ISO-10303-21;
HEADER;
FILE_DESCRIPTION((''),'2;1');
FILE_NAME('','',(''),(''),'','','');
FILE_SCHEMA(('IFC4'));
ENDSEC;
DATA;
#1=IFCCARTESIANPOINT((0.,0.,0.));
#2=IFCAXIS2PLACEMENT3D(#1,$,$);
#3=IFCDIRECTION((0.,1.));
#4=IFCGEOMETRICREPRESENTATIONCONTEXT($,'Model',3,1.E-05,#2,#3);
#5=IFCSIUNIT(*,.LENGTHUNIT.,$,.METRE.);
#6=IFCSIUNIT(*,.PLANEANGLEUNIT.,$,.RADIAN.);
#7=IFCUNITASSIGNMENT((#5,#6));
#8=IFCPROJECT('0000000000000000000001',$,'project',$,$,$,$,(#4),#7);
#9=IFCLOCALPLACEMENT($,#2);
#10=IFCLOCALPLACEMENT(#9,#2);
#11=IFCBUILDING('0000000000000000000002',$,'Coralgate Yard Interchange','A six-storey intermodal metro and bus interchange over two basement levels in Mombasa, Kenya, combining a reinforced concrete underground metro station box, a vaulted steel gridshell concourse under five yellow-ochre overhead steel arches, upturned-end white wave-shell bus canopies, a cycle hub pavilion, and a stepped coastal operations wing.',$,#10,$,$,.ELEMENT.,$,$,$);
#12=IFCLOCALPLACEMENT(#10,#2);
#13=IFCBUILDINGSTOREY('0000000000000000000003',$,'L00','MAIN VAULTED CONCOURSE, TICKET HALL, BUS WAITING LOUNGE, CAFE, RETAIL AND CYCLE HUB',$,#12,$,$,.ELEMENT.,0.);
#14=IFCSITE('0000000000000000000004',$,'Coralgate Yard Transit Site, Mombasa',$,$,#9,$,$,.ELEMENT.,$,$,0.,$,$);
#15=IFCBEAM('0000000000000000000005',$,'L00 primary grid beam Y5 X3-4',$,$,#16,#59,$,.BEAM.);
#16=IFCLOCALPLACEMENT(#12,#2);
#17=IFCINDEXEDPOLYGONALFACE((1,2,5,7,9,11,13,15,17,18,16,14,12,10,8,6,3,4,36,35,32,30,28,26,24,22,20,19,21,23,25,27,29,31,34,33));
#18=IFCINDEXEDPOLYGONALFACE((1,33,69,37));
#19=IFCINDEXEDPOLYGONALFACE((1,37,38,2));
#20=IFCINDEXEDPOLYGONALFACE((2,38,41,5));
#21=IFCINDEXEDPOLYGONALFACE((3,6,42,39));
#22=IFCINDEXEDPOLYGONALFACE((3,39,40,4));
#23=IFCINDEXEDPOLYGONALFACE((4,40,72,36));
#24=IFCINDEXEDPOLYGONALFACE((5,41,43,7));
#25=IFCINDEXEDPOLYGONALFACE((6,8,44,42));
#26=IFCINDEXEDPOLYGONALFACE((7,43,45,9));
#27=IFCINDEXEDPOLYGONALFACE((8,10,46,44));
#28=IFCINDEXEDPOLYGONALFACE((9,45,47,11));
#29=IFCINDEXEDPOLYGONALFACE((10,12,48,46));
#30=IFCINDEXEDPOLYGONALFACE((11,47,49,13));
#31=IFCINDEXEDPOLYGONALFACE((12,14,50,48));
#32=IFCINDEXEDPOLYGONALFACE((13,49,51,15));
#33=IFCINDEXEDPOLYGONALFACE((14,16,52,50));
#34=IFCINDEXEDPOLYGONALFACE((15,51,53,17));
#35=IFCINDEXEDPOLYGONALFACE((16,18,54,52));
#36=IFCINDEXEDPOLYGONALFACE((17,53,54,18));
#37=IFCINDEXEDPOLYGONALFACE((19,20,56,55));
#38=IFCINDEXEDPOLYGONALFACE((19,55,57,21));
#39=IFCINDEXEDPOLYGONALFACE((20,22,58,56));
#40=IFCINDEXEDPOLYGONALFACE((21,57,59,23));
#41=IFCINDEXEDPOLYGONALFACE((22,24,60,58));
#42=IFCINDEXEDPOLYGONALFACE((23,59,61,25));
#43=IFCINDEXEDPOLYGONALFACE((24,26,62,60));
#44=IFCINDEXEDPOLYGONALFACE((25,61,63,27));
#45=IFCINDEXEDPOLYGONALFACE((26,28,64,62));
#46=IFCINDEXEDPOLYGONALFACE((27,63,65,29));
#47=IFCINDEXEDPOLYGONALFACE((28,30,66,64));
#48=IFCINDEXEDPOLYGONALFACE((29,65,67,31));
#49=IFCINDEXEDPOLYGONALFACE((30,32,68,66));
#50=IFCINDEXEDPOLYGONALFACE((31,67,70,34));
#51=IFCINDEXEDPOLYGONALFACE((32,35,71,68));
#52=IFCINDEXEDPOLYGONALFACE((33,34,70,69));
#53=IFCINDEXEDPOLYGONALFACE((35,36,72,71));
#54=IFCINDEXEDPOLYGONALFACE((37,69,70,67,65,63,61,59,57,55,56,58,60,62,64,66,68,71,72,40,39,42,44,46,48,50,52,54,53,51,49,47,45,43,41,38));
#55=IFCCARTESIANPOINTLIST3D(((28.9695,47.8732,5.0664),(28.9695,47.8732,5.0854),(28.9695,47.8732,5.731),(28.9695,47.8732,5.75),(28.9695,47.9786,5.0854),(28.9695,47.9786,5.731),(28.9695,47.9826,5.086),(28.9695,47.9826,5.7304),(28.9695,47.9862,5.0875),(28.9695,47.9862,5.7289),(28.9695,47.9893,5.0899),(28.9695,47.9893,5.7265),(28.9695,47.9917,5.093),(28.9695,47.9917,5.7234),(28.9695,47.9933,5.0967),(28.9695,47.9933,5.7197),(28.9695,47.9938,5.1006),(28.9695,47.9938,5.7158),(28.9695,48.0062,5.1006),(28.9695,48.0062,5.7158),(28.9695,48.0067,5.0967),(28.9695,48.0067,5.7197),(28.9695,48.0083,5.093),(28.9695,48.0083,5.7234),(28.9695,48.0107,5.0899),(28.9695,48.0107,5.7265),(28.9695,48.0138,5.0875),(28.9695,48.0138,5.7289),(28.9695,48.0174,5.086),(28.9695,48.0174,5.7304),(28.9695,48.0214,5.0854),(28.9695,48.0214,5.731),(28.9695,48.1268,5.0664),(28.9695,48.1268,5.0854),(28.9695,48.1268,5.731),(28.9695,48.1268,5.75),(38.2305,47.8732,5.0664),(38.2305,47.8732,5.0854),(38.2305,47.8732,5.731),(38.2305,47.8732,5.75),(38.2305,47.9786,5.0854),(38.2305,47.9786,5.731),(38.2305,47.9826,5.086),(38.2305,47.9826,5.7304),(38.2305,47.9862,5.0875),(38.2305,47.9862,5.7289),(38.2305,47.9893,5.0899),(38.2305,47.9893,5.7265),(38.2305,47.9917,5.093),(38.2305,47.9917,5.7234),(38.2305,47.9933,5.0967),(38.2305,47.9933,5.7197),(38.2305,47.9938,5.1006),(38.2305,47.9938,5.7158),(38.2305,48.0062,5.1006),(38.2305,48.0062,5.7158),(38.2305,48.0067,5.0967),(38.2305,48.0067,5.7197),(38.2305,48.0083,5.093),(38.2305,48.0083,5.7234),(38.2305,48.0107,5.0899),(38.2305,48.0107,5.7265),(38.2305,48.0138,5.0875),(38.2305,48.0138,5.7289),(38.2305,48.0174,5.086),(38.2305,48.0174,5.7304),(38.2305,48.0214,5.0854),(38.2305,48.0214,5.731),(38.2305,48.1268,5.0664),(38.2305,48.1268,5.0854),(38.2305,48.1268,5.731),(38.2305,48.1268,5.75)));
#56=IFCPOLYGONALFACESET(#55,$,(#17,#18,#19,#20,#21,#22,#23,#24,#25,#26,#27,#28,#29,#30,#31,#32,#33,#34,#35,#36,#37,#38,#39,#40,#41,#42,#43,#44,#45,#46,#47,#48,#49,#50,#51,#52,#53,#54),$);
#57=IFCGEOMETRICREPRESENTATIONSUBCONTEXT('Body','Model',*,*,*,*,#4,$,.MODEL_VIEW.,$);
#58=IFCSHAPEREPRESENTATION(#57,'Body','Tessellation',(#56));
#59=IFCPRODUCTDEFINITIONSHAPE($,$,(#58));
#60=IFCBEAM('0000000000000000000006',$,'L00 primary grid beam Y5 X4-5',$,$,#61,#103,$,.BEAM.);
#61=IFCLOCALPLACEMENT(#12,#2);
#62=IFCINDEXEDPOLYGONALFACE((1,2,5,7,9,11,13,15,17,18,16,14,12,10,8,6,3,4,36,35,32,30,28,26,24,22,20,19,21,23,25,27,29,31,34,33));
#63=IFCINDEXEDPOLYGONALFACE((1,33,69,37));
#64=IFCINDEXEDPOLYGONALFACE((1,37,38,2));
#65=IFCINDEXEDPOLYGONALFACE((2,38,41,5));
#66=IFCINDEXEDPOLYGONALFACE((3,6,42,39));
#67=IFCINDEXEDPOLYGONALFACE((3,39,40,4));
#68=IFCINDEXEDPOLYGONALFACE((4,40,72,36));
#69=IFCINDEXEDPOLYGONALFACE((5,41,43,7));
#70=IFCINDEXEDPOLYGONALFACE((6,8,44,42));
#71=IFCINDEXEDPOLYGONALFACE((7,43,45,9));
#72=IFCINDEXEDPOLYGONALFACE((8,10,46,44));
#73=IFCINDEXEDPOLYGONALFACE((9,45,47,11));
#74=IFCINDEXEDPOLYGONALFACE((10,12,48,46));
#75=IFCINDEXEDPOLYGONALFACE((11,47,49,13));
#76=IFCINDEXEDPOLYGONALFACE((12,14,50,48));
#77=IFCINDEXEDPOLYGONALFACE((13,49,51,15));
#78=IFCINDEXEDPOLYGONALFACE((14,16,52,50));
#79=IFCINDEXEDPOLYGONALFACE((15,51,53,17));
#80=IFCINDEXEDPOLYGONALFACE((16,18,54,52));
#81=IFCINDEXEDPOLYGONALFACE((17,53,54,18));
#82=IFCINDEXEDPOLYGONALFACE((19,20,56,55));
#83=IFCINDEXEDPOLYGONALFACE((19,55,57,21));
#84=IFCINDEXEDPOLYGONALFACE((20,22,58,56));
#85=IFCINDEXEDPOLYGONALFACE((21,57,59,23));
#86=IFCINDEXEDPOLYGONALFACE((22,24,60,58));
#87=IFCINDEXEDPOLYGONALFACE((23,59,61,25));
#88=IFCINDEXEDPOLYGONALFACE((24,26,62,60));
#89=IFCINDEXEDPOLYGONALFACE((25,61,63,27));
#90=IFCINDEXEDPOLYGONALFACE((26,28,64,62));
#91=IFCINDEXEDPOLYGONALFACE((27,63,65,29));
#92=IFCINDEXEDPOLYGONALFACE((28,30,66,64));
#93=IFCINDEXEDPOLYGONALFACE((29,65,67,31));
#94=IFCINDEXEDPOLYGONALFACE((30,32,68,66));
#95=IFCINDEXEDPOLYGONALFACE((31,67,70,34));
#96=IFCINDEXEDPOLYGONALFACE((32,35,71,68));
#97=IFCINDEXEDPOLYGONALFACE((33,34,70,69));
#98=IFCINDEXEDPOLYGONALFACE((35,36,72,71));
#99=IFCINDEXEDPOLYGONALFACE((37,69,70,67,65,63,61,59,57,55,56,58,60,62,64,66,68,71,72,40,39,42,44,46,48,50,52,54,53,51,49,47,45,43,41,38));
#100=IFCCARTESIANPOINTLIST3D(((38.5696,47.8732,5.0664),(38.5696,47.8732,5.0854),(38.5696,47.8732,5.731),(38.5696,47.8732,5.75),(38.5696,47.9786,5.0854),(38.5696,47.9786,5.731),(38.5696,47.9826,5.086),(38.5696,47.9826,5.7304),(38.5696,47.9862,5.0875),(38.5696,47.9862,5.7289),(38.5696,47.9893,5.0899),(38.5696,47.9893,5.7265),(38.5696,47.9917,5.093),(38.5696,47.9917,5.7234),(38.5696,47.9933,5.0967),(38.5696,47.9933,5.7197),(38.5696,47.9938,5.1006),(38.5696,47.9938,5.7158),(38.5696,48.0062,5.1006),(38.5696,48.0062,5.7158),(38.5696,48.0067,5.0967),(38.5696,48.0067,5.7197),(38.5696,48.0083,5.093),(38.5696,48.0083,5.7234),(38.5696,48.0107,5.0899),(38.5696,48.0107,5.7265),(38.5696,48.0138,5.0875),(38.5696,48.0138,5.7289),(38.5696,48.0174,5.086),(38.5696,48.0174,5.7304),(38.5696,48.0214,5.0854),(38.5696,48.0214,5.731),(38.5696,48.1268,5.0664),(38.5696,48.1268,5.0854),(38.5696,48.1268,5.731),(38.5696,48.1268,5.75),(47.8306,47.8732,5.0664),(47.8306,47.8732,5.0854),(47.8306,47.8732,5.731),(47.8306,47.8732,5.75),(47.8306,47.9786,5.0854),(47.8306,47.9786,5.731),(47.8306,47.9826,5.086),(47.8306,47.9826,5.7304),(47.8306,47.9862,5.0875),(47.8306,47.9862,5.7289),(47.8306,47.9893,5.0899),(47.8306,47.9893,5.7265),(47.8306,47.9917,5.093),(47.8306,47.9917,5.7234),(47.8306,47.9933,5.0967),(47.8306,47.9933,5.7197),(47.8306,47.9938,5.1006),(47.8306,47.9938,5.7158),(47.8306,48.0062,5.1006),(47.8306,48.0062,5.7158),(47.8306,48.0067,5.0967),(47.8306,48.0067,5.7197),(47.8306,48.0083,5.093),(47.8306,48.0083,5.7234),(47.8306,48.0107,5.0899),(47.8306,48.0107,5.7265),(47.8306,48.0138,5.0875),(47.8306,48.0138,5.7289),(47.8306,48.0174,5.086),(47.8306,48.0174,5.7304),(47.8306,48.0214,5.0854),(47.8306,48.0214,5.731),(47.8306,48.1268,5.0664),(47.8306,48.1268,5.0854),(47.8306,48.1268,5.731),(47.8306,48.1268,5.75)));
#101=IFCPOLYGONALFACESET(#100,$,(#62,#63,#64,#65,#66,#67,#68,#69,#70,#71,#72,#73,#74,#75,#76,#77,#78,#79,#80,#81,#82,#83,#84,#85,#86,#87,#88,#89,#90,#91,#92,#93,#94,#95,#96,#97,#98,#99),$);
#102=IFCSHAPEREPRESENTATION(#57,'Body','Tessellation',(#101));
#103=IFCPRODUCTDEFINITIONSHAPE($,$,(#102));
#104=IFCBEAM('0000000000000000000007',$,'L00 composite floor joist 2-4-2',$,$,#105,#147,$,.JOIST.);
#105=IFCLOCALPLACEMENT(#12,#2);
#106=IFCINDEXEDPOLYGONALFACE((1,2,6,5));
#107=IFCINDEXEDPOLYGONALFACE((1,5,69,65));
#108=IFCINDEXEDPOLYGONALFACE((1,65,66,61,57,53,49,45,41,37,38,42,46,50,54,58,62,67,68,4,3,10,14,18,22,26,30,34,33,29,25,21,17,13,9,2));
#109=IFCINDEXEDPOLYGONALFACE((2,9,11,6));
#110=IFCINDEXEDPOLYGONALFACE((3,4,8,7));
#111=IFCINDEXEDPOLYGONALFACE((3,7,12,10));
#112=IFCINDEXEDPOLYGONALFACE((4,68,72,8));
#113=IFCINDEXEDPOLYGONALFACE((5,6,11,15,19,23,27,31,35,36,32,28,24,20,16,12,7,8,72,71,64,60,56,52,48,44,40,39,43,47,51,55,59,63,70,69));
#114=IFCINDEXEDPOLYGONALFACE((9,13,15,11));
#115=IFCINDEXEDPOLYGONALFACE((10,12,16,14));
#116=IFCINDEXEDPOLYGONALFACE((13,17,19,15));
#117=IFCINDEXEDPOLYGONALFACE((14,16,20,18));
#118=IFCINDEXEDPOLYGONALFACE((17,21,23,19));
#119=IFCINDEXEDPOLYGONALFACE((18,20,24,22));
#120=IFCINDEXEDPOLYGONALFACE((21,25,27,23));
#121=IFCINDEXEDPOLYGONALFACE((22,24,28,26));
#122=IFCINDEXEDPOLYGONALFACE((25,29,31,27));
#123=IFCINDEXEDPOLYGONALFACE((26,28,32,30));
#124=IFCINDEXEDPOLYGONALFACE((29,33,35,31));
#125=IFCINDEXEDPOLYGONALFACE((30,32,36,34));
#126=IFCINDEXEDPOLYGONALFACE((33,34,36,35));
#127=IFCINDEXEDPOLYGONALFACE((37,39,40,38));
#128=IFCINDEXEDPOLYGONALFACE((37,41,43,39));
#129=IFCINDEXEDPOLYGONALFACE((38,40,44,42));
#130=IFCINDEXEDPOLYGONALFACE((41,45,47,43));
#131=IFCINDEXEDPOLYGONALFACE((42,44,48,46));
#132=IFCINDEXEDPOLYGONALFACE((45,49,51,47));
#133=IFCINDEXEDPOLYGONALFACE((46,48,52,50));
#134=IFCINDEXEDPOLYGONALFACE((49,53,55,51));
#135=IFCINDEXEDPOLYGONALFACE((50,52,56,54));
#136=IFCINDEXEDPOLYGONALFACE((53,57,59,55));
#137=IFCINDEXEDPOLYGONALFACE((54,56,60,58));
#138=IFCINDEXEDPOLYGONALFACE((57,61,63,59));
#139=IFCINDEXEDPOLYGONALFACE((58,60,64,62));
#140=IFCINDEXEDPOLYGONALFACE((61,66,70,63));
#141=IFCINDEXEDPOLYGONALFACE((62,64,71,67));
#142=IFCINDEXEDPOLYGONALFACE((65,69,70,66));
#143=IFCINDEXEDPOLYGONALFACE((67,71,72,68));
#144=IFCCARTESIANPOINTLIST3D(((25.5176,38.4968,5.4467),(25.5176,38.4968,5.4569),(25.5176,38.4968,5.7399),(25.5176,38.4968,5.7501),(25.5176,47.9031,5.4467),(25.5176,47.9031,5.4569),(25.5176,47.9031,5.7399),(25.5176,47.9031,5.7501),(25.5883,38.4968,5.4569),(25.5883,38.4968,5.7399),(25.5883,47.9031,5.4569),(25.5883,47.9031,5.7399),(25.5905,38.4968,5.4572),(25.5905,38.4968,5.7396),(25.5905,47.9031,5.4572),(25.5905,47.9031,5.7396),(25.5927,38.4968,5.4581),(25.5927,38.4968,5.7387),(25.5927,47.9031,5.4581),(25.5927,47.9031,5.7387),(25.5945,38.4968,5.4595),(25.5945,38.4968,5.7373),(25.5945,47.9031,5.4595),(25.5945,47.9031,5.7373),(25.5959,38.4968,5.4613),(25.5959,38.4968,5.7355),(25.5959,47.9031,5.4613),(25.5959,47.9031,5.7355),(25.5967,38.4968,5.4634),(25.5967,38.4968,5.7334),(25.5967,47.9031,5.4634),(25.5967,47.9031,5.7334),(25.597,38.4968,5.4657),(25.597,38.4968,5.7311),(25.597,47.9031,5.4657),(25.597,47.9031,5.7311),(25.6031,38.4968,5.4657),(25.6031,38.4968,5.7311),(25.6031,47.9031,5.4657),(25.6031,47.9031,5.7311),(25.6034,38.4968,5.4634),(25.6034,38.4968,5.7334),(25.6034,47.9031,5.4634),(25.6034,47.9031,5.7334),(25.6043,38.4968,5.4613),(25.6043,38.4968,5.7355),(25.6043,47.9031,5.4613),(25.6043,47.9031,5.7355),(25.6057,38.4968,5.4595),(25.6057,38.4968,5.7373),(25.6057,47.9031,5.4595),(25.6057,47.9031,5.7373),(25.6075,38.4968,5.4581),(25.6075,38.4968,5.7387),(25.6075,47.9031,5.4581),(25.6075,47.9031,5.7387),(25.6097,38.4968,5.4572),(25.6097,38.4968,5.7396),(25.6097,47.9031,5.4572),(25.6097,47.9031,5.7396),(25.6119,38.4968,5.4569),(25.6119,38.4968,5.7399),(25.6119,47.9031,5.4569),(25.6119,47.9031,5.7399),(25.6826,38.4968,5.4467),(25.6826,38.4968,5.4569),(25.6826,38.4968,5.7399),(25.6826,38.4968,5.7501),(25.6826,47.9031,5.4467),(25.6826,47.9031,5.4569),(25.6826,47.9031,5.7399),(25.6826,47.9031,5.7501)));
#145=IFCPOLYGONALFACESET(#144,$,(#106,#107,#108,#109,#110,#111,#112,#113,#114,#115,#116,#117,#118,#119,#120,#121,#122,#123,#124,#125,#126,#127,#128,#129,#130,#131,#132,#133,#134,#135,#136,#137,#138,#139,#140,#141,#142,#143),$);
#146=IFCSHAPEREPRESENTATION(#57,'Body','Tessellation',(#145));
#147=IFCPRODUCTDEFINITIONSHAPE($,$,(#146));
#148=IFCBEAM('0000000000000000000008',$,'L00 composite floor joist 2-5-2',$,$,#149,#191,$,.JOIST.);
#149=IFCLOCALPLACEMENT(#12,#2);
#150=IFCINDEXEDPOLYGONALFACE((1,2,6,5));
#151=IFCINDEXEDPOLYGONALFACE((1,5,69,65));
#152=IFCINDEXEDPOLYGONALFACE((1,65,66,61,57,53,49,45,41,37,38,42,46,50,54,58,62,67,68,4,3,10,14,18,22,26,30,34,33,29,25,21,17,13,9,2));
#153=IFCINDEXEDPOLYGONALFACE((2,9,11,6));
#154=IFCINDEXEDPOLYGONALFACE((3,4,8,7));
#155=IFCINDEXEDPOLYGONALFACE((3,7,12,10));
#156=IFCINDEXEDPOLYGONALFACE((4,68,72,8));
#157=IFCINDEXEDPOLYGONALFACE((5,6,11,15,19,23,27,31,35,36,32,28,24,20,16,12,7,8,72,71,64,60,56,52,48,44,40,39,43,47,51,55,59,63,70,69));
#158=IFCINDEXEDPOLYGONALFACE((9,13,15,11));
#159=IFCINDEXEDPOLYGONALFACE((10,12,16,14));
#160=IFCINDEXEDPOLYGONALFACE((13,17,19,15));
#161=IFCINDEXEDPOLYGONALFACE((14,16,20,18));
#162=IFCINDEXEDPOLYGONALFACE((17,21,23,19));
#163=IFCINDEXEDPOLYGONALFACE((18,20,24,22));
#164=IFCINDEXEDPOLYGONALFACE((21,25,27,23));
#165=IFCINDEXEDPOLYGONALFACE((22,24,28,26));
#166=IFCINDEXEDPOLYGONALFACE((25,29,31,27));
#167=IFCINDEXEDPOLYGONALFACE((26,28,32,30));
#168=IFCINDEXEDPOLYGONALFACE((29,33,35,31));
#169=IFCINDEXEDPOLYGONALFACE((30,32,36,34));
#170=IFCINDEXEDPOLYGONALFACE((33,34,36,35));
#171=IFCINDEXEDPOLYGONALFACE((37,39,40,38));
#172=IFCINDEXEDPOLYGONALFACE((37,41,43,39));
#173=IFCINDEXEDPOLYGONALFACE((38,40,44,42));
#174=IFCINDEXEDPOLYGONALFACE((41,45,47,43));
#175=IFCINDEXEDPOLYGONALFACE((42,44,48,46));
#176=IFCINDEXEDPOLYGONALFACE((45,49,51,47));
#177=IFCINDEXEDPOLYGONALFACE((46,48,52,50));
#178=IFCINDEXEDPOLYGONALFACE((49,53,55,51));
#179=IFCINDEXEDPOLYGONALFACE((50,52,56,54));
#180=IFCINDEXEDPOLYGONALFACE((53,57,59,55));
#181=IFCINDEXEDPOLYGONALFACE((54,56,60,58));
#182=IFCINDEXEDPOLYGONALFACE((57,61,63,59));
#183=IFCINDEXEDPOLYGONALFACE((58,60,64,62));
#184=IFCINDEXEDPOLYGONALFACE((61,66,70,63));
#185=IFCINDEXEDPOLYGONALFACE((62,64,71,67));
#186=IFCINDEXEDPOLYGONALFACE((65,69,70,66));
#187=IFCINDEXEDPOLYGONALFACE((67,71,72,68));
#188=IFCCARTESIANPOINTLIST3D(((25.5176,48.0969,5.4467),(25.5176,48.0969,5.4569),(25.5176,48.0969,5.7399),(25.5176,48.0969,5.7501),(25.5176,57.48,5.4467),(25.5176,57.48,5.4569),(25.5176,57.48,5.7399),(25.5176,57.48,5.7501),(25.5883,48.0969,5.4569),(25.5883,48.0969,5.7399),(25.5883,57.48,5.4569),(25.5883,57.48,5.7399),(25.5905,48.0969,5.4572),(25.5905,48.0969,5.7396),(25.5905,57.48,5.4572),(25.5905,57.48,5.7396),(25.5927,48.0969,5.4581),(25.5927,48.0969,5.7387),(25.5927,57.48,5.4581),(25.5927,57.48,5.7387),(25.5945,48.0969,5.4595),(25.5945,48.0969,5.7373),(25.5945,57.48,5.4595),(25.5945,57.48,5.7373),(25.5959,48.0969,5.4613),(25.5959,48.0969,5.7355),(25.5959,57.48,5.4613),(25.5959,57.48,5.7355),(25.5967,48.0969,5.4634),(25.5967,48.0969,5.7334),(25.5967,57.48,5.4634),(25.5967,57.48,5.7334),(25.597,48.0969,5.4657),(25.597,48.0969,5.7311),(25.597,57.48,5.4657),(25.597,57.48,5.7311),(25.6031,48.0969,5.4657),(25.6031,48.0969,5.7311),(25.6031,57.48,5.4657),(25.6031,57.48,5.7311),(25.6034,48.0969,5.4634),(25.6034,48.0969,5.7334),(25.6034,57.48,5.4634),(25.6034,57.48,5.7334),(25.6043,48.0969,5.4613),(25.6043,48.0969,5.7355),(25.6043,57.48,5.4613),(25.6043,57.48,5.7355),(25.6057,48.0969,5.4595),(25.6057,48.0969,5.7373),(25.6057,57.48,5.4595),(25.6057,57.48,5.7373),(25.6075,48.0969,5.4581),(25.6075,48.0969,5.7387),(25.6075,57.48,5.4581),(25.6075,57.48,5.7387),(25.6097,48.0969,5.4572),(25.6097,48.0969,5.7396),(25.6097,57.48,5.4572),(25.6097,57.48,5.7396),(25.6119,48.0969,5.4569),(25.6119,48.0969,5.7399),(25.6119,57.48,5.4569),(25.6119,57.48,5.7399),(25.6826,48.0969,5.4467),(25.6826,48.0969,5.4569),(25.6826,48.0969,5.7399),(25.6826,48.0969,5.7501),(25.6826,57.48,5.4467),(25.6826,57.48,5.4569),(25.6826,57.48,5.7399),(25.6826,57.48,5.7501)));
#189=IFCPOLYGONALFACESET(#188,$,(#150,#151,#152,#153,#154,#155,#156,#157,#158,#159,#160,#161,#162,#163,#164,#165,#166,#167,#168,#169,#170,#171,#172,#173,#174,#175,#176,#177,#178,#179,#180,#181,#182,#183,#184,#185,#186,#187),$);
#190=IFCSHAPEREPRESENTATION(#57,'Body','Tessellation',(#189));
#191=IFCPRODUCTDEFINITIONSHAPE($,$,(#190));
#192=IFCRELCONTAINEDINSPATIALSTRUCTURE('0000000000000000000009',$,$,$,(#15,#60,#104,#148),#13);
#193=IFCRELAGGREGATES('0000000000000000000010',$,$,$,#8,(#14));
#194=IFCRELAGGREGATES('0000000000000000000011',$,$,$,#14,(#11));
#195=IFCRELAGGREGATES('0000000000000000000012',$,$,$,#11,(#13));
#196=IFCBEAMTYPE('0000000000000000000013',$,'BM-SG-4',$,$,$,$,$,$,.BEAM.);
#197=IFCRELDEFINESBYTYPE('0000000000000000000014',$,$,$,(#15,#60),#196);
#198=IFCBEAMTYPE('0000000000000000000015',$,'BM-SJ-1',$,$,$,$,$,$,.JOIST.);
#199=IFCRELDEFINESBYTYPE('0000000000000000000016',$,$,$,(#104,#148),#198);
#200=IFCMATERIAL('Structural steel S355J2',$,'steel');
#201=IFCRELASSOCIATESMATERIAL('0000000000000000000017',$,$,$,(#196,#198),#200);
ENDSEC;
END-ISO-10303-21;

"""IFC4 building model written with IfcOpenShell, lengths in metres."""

from ifc_helpers import new_model, si_unit, direction, frame, origin, origin_2d, place, context, subcontext, project, spatial, i_section, extrude, material, material_profile, profile_set, type_object, element, save


model = new_model("IFC4")

# Units and contexts
model_context = context("Model", 3, precision=1e-05, world=origin(), true_north=direction((0.0, 1.0)))
body_context = subcontext(model_context, "Body", "Model", "MODEL_VIEW")
ifc_project = project(units=[si_unit("LENGTHUNIT", "METRE"), si_unit("PLANEANGLEUNIT", "RADIAN")], contexts=[model_context])

# Site, building, storey
site_placement = place(None, origin())
site = spatial("IfcSite", under=ifc_project, at=site_placement, Name="Coralgate Yard Transit Site, Mombasa", CompositionType="ELEMENT", RefElevation=0.0)
building_placement = place(site_placement, origin())
building = spatial("IfcBuilding", under=site, at=building_placement, Name="Coralgate Yard Interchange", Description="A six-storey intermodal metro and bus interchange over two basement levels in Mombasa, Kenya, combining a reinforced concrete underground metro station box, a vaulted steel gridshell concourse under five yellow-ochre overhead steel arches, upturned-end white wave-shell bus canopies, a cycle hub pavilion, and a stepped coastal operations wing.", CompositionType="ELEMENT")
storey_placement = place(building_placement, origin())
storey = spatial("IfcBuildingStorey", under=building, at=storey_placement, Name="L00", Description="MAIN VAULTED CONCOURSE, TICKET HALL, BUS WAITING LOUNGE, CAFE, RETAIL AND CYCLE HUB", CompositionType="ELEMENT", Elevation=0.0)

# Shared definitions
ifc_material_1 = material(Name="Structural steel S355J2", Category="steel")

# Beams
ifc_material_profile_1 = material_profile(ifc_material_1, i_section(OverallWidth=0.2537, OverallDepth=0.6836, WebThickness=0.0125, FlangeThickness=0.019, FilletRadius=0.0151, at=origin_2d()), Name="UB 686x254x140")
ifc_profile_set_1 = profile_set([ifc_material_profile_1], Name="Structural steel S355J2")
beam_type_1 = type_object("IfcBeamType", Name="BM-SG-4", PredefinedType="BEAM", material=ifc_profile_set_1)
for number, where, z_axis, x_axis, name in (
    (1, (28.9695, 48.0, 5.4082), (1.0, 0.0, 0.0), (0.0, 1.0, 0.0), "L00 primary grid beam Y5 X3-4"),
    (2, (38.5696, 48.0, 5.4082), (1.0, 0.0, 0.0), (0.0, 1.0, 0.0), "L00 primary grid beam Y5 X4-5"),
):
    element("IfcBeam", number, at=place(storey_placement, frame(where, z_axis=z_axis, x_axis=x_axis)), inside=storey, type_object=beam_type_1, Name=name, PredefinedType="BEAM", context=body_context, shape_type="SweptSolid", body=[
        extrude(i_section(OverallWidth=0.2537, OverallDepth=0.6836, WebThickness=0.0125, FlangeThickness=0.019, FilletRadius=0.0151, at=origin_2d()), origin(), (0.0, 0.0, 1.0), 9.261),
    ])
ifc_material_profile_2 = material_profile(ifc_material_1, i_section(OverallWidth=0.165, OverallDepth=0.3035, WebThickness=0.0061, FlangeThickness=0.0103, FilletRadius=0.0088, at=origin_2d()), Name="UB 305x165x40")
ifc_profile_set_2 = profile_set([ifc_material_profile_2], Name="Structural steel S355J2")
beam_type_2 = type_object("IfcBeamType", Name="BM-SJ-1", PredefinedType="JOIST", material=ifc_profile_set_2)
beam_placement = place(storey_placement, frame((25.6001, 38.4968, 5.5984), z_axis=(0.0, 1.0, 0.0), x_axis=(-1.0, 0.0, 0.0)))
element("IfcBeam", 3, at=beam_placement, inside=storey, type_object=beam_type_2, Name="L00 composite floor joist 2-4-2", PredefinedType="JOIST", context=body_context, shape_type="SweptSolid", body=[
    extrude(i_section(OverallWidth=0.165, OverallDepth=0.3035, WebThickness=0.0061, FlangeThickness=0.0103, FilletRadius=0.0088, at=origin_2d()), origin(), (0.0, 0.0, 1.0), 9.4062),
])
for number, where, z_axis, x_axis, name in (
    (4, (25.6001, 48.0969, 5.5984), (0.0, 1.0, 0.0), (-1.0, 0.0, 0.0), "L00 composite floor joist 2-5-2"),
):
    element("IfcBeam", number, at=place(storey_placement, frame(where, z_axis=z_axis, x_axis=x_axis)), inside=storey, type_object=beam_type_2, Name=name, PredefinedType="JOIST", context=body_context, shape_type="SweptSolid", body=[
        extrude(i_section(OverallWidth=0.165, OverallDepth=0.3035, WebThickness=0.0061, FlangeThickness=0.0103, FilletRadius=0.0088, at=origin_2d()), origin(), (0.0, 0.0, 1.0), 9.3831),
    ])

save(model, "model.ifc")
